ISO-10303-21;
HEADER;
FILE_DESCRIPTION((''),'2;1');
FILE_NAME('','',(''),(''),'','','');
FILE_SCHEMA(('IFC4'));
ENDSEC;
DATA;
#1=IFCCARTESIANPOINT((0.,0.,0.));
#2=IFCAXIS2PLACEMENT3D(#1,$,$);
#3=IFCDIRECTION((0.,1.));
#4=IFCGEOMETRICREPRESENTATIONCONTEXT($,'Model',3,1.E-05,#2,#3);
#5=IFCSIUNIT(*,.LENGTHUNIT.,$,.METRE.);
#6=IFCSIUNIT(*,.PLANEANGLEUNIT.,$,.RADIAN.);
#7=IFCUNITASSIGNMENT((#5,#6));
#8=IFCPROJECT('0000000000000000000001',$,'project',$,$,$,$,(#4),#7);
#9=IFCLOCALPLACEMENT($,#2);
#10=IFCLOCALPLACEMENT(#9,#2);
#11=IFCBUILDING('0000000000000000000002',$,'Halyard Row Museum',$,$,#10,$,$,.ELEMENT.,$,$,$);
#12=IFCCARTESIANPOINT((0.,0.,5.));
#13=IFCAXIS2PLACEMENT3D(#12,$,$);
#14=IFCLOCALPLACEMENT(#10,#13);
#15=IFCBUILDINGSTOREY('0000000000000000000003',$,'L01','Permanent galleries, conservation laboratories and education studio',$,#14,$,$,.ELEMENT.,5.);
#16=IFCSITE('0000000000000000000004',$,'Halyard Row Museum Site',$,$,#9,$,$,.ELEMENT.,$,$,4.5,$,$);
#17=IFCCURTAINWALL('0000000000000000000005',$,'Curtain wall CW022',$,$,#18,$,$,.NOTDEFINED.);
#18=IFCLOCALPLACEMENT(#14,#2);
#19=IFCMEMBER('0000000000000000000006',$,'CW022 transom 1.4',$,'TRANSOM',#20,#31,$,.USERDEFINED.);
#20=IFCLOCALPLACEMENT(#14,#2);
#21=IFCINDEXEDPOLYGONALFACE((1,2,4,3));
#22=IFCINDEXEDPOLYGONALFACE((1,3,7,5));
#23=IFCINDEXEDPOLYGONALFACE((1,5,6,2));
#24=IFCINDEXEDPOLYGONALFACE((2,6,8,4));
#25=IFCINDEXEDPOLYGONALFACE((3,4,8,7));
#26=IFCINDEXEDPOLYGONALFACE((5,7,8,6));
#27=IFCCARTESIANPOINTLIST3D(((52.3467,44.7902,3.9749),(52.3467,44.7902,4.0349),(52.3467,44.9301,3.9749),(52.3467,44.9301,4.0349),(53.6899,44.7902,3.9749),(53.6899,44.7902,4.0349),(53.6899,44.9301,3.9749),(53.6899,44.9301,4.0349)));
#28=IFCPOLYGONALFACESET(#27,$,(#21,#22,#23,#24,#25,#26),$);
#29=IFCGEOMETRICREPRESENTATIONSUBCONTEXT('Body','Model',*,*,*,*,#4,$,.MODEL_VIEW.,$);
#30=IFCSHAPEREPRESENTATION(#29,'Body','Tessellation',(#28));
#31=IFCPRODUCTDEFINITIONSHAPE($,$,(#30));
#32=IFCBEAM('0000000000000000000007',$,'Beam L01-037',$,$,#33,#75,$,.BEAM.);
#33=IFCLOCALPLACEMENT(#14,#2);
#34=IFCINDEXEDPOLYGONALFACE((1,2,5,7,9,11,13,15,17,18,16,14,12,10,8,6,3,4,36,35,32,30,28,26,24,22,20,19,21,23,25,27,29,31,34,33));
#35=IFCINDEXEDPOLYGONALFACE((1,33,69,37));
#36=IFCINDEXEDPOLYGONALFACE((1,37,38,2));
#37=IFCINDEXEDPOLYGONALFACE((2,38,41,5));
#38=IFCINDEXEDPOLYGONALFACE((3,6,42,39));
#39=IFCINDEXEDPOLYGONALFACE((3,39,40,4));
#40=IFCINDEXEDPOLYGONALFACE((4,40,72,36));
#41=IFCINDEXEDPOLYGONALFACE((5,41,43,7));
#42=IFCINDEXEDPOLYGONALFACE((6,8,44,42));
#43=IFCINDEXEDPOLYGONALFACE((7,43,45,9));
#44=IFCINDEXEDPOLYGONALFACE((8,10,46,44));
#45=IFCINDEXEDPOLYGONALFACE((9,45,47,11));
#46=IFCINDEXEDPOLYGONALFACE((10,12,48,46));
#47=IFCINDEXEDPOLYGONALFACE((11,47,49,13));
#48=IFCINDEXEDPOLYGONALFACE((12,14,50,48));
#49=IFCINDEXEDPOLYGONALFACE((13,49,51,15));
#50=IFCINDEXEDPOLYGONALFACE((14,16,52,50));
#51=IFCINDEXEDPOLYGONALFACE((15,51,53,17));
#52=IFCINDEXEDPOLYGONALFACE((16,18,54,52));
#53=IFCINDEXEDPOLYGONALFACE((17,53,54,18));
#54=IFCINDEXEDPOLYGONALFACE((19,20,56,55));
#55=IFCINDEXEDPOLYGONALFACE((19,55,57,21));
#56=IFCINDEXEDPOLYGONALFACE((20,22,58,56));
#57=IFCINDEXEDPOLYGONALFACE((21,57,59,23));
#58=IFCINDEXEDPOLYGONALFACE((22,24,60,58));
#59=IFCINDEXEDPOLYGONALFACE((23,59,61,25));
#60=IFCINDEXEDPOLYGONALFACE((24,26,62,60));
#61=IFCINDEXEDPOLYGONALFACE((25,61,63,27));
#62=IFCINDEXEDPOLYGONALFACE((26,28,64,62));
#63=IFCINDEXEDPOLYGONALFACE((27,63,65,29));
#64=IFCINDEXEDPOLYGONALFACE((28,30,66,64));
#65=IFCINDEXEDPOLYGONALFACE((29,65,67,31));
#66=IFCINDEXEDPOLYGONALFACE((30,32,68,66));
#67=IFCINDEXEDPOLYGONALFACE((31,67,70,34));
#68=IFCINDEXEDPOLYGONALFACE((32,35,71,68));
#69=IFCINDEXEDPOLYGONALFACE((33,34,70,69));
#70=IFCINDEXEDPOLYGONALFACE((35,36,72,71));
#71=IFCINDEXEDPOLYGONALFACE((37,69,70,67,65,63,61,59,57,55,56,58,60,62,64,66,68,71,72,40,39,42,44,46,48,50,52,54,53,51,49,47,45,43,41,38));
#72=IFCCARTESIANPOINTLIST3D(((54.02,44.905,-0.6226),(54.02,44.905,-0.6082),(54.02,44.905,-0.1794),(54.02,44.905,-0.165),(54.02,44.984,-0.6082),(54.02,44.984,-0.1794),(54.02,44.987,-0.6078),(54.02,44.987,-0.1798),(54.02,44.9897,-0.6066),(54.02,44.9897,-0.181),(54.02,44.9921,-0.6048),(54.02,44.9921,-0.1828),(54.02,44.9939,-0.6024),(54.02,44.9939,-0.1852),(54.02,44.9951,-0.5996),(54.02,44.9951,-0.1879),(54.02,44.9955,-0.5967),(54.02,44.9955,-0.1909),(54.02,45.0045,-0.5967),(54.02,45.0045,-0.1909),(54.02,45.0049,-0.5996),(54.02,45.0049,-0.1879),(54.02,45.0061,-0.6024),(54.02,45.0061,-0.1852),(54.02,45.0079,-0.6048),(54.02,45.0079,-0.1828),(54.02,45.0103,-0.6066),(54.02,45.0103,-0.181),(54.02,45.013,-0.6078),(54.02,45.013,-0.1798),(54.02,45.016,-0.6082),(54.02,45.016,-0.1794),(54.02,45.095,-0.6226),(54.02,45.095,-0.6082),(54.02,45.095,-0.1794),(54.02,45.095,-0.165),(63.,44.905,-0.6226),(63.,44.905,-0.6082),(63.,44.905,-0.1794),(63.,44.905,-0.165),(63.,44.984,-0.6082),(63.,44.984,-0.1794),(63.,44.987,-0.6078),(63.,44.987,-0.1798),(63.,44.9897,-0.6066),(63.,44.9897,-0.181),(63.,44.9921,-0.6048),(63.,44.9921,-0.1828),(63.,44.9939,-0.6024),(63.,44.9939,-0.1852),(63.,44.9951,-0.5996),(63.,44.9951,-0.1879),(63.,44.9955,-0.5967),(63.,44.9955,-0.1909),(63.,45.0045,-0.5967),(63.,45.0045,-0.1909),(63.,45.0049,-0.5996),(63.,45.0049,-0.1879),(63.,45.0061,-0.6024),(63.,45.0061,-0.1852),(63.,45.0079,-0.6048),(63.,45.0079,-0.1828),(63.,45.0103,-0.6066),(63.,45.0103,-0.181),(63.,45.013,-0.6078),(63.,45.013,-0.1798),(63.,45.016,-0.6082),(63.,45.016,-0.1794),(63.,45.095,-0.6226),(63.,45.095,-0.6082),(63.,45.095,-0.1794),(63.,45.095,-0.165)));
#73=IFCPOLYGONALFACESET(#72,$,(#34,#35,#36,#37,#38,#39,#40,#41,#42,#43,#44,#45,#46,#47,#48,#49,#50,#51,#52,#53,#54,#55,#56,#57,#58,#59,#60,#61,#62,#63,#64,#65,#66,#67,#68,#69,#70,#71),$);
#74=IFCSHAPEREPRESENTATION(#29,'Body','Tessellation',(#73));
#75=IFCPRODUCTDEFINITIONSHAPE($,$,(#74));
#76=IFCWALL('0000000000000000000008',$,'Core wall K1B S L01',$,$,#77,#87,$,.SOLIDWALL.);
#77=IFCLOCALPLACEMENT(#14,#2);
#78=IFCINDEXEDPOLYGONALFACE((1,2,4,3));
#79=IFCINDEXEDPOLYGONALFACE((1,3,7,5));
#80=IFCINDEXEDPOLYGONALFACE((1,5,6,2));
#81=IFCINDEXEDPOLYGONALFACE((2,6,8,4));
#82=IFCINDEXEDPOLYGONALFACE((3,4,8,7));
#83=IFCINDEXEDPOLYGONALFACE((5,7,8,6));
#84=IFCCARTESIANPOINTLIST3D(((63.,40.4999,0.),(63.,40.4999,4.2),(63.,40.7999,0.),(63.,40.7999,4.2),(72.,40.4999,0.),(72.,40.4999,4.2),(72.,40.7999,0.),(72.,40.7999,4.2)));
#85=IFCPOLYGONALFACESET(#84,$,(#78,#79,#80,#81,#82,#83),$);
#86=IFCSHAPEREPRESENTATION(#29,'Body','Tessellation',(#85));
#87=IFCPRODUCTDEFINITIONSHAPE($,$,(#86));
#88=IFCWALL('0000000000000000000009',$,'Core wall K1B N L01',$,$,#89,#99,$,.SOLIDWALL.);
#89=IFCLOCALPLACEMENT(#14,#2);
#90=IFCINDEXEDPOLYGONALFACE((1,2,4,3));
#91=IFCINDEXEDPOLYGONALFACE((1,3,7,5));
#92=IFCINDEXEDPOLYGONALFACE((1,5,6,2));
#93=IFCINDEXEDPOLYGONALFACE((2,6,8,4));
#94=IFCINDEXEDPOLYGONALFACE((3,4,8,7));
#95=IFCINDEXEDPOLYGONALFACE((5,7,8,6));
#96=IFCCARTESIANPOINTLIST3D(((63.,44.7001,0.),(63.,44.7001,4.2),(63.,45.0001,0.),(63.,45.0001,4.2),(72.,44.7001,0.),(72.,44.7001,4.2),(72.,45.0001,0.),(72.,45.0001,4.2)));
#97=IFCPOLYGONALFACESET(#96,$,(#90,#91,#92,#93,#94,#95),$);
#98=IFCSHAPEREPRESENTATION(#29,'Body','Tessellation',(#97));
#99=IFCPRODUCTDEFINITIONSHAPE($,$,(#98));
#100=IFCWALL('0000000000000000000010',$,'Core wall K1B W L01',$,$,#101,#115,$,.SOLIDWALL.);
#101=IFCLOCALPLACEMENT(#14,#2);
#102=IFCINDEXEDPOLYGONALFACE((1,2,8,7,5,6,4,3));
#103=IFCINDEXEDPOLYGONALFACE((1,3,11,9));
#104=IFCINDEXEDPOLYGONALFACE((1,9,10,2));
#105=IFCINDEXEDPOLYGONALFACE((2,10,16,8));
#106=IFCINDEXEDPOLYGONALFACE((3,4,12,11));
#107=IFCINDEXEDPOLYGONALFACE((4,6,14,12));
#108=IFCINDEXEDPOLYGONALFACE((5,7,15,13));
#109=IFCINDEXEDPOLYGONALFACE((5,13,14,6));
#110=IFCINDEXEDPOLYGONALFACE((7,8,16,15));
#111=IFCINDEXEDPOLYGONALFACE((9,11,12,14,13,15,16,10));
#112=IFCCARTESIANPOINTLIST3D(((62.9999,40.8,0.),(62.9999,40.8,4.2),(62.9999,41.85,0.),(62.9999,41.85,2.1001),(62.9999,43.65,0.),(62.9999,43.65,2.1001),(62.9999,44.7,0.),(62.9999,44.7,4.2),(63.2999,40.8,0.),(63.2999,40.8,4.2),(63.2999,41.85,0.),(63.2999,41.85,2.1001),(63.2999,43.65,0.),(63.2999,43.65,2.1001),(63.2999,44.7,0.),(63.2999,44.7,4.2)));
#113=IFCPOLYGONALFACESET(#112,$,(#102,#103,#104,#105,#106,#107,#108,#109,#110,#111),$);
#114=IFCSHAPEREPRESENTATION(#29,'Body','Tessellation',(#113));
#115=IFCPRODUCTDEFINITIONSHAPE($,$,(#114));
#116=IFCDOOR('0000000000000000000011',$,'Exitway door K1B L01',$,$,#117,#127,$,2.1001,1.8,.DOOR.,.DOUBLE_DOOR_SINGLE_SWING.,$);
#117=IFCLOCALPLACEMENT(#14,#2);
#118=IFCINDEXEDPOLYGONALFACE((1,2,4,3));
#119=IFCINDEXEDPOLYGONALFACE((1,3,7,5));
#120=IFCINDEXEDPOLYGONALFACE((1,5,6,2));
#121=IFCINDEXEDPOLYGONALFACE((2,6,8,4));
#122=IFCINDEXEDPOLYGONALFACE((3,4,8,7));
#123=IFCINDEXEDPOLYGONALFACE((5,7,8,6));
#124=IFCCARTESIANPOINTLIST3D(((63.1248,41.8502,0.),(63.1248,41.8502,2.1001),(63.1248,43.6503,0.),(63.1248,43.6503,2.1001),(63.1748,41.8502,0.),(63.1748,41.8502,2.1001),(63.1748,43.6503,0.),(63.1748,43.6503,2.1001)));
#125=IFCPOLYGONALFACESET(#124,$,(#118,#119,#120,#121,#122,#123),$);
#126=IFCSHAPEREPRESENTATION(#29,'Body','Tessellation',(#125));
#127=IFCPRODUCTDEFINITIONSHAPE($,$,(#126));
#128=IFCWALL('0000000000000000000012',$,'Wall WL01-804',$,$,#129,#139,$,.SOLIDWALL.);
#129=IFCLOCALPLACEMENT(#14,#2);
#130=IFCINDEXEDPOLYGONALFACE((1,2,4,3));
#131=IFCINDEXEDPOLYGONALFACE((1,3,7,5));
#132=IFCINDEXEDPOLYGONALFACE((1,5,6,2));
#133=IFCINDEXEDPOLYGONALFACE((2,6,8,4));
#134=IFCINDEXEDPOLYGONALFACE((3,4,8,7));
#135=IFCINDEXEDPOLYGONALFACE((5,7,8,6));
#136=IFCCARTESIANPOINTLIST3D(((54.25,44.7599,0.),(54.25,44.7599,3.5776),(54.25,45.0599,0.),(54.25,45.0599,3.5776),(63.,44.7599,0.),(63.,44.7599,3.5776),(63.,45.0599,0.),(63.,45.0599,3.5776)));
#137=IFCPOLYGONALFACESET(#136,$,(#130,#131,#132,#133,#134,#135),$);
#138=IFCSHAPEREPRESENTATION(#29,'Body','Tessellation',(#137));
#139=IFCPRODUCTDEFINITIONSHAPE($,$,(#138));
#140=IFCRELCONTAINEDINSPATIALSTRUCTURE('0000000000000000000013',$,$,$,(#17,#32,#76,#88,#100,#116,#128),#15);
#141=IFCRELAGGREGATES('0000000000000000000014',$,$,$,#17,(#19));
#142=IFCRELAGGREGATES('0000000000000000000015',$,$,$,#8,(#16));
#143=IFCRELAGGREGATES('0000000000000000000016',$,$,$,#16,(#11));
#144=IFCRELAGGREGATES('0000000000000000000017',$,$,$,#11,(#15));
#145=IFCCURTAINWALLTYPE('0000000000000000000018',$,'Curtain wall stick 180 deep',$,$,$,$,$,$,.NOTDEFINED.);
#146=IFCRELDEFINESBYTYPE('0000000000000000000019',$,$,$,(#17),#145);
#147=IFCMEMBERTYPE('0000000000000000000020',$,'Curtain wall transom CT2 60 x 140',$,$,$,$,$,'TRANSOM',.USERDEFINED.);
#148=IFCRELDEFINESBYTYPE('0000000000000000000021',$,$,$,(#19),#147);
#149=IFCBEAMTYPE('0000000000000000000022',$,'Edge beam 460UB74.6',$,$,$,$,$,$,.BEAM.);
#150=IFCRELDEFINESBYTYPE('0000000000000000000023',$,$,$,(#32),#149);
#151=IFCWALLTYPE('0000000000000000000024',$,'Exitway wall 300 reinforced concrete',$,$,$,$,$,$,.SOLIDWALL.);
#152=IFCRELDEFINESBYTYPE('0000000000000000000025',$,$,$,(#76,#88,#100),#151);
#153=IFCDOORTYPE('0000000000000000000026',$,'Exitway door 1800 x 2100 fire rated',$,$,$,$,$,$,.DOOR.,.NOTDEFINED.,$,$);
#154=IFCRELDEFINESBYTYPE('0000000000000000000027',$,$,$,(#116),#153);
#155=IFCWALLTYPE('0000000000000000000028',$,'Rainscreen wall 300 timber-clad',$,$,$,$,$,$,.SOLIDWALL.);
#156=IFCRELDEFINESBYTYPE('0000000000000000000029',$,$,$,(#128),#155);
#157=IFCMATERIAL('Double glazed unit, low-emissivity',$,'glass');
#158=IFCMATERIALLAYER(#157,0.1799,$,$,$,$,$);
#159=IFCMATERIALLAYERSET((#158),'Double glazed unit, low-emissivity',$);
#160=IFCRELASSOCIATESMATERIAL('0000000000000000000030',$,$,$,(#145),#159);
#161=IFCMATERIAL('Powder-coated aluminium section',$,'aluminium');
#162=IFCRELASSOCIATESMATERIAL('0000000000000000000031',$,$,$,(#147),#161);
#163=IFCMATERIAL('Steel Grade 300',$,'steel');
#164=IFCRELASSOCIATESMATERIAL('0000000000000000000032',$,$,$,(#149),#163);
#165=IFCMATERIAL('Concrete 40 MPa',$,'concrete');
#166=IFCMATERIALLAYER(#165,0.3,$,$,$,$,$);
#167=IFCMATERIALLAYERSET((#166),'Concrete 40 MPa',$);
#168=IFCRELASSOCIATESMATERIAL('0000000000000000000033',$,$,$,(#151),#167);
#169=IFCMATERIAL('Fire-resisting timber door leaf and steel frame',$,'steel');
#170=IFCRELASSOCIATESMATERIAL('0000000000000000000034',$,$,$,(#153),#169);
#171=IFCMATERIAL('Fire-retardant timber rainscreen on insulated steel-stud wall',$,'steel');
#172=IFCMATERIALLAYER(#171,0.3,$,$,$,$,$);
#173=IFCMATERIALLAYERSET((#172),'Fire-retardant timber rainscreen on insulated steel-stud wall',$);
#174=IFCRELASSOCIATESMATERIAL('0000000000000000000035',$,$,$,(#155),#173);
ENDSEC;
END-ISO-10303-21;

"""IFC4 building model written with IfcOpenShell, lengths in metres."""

from ifc_helpers import new_model, si_unit, direction, frame, frame_2d, origin, origin_2d, place, context, subcontext, project, spatial, rectangle, i_section, extrude, material, layer, layer_set, material_profile, profile_set, type_object, element, fill, aggregate, save


model = new_model("IFC4")

# Units and contexts
model_context = context("Model", 3, precision=1e-05, world=origin(), true_north=direction((0.0, 1.0)))
body_context = subcontext(model_context, "Body", "Model", "MODEL_VIEW")
ifc_project = project(units=[si_unit("LENGTHUNIT", "METRE"), si_unit("PLANEANGLEUNIT", "RADIAN")], contexts=[model_context])

# Site, building, storey
site_placement = place(None, origin())
site = spatial("IfcSite", under=ifc_project, at=site_placement, Name="Halyard Row Museum Site", CompositionType="ELEMENT", RefElevation=4.5)
building_placement = place(site_placement, origin())
building = spatial("IfcBuilding", under=site, at=building_placement, Name="Halyard Row Museum", CompositionType="ELEMENT")
storey_placement = place(building_placement, frame((0.0, 0.0, 5.0)))
storey = spatial("IfcBuildingStorey", under=building, at=storey_placement, Name="L01", Description="Permanent galleries, conservation laboratories and education studio", CompositionType="ELEMENT", Elevation=5.0)

# Curtain wall, member
ifc_material_1 = material(Name="Double glazed unit, low-emissivity", Category="glass")
ifc_layer_1 = layer(ifc_material_1, 0.1799)
ifc_layer_set_1 = layer_set([ifc_layer_1], Name="Double glazed unit, low-emissivity")
curtain_wall_type = type_object("IfcCurtainWallType", Name="Curtain wall stick 180 deep", PredefinedType="NOTDEFINED", material=ifc_layer_set_1)
curtain_wall_placement = place(storey_placement, origin())
curtain_wall = element("IfcCurtainWall", 1, at=curtain_wall_placement, inside=storey, type_object=curtain_wall_type, Name="Curtain wall CW022", PredefinedType="NOTDEFINED")
ifc_material_2 = material(Name="Powder-coated aluminium section", Category="aluminium")
ifc_material_profile_1 = material_profile(ifc_material_2, rectangle(XDim=0.1399, YDim=0.0601, at=origin_2d()), Name="140x60 transom")
ifc_profile_set_1 = profile_set([ifc_material_profile_1], Name="Powder-coated aluminium section")
member_type_1 = type_object("IfcMemberType", Name="Curtain wall transom CT2 60 x 140", ElementType="TRANSOM", PredefinedType="USERDEFINED", material=ifc_profile_set_1)
member_1_placement = place(storey_placement, frame((53.6899, 44.8601, 4.0049), z_axis=(-1.0, 0.0, 0.0), x_axis=(0.0, -1.0, 0.0)))
member_1 = element("IfcMember", 2, at=member_1_placement, type_object=member_type_1, Name="CW022 transom 1.4", ObjectType="TRANSOM", PredefinedType="USERDEFINED", context=body_context, shape_type="SweptSolid", body=[
    extrude(rectangle(XDim=0.1399, YDim=0.0601, at=origin_2d()), origin(), (0.0, 0.0, 1.0), 1.3433),
])
aggregate(curtain_wall, [member_1])

# Beam
ifc_material_3 = material(Name="Steel Grade 300", Category="steel")
ifc_material_profile_2 = material_profile(ifc_material_3, i_section(OverallWidth=0.1899, OverallDepth=0.4575, WebThickness=0.009, FlangeThickness=0.0144, FilletRadius=0.0115, at=origin_2d()), Name="460UB74.6")
ifc_profile_set_2 = profile_set([ifc_material_profile_2], Name="Steel Grade 300")
beam_type = type_object("IfcBeamType", Name="Edge beam 460UB74.6", PredefinedType="BEAM", material=ifc_profile_set_2)
beam_placement = place(storey_placement, frame((54.02, 45.0, -0.3938), z_axis=(1.0, 0.0, 0.0), x_axis=(0.0, 1.0, 0.0)))
element("IfcBeam", 3, at=beam_placement, inside=storey, type_object=beam_type, Name="Beam L01-037", PredefinedType="BEAM", context=body_context, shape_type="SweptSolid", body=[
    extrude(i_section(OverallWidth=0.1899, OverallDepth=0.4575, WebThickness=0.009, FlangeThickness=0.0144, FilletRadius=0.0115, at=origin_2d()), origin(), (0.0, 0.0, 1.0), 8.98),
])

# Walls
ifc_material_4 = material(Name="Concrete 40 MPa", Category="concrete")
ifc_layer_2 = layer(ifc_material_4, 0.3)
ifc_layer_set_2 = layer_set([ifc_layer_2], Name="Concrete 40 MPa")
wall_type_1 = type_object("IfcWallType", Name="Exitway wall 300 reinforced concrete", PredefinedType="SOLIDWALL", material=ifc_layer_set_2)
for number, where, z_axis, x_axis, name in (
    (4, (63.0, 40.6499, 0.0), (0.0, 0.0, 1.0), (1.0, 0.0, 0.0), "Core wall K1B S L01"),
    (5, (63.0, 44.8501, 0.0), (0.0, 0.0, 1.0), (1.0, 0.0, 0.0), "Core wall K1B N L01"),
):
    element("IfcWall", number, at=place(storey_placement, frame(where, z_axis=z_axis, x_axis=x_axis)), inside=storey, type_object=wall_type_1, Name=name, PredefinedType="SOLIDWALL", context=body_context, shape_type="SweptSolid", body=[
        extrude(rectangle(XDim=9.0, YDim=0.3, at=frame_2d((4.5, 0.0))), origin(), (0.0, 0.0, 1.0), 4.2),
    ])

# Wall, opening, door
wall_1_placement = place(storey_placement, frame((63.1499, 40.8, 0.0), z_axis=(0.0, 0.0, 1.0), x_axis=(0.0, 1.0, 0.0)))
wall_1 = element("IfcWall", 6, at=wall_1_placement, inside=storey, type_object=wall_type_1, Name="Core wall K1B W L01", PredefinedType="SOLIDWALL", context=body_context, shape_type="SweptSolid", body=[
    extrude(rectangle(XDim=3.8999, YDim=0.3, at=frame_2d((1.95, 0.0))), origin(), (0.0, 0.0, 1.0), 4.2),
])
opening_placement = place(wall_1_placement, frame((1.05, 0.0, 0.0)))
opening = element("IfcOpeningElement", 7, at=opening_placement, cuts=wall_1, PredefinedType="OPENING", context=body_context, shape_type="SweptSolid", body=[
    extrude(rectangle(XDim=1.8, YDim=2.1001, at=frame_2d((0.8999, 1.05))), frame((0.0, 0.1599, 0.0), z_axis=(0.0, -1.0, 0.0), x_axis=(1.0, 0.0, 0.0)), (0.0, 0.0, 1.0), 0.3201),
])
ifc_material_5 = material(Name="Fire-resisting timber door leaf and steel frame", Category="steel")
door_type = type_object("IfcDoorType", Name="Exitway door 1800 x 2100 fire rated", OperationType="NOTDEFINED", PredefinedType="DOOR", material=ifc_material_5)
door_placement = place(opening_placement, frame((1.8, 0.0, 0.0), z_axis=(0.0, 0.0, 1.0), x_axis=(-1.0, 0.0, 0.0)))
door = element("IfcDoor", 8, at=door_placement, inside=storey, type_object=door_type, Name="Exitway door K1B L01", OperationType="DOUBLE_DOOR_SINGLE_SWING", OverallHeight=2.1001, OverallWidth=1.8, PredefinedType="DOOR", context=body_context, shape_type="SweptSolid", body=[
    extrude(rectangle(XDim=1.8, YDim=2.1001, at=frame_2d((0.8999, 1.05))), frame((0.0, 0.0249, 0.0), z_axis=(0.0, -1.0, 0.0), x_axis=(1.0, 0.0, 0.0)), (0.0, 0.0, 1.0), 0.05),
])
fill(opening, door)

# Wall
ifc_material_6 = material(Name="Fire-retardant timber rainscreen on insulated steel-stud wall", Category="steel")
ifc_layer_3 = layer(ifc_material_6, 0.3)
ifc_layer_set_3 = layer_set([ifc_layer_3], Name="Fire-retardant timber rainscreen on insulated steel-stud wall")
wall_type_2 = type_object("IfcWallType", Name="Rainscreen wall 300 timber-clad", PredefinedType="SOLIDWALL", material=ifc_layer_set_3)
wall_2_placement = place(storey_placement, frame((54.25, 44.9099, 0.0), z_axis=(0.0, 0.0, 1.0), x_axis=(1.0, 0.0, 0.0)))
element("IfcWall", 9, at=wall_2_placement, inside=storey, type_object=wall_type_2, Name="Wall WL01-804", PredefinedType="SOLIDWALL", context=body_context, shape_type="SweptSolid", body=[
    extrude(rectangle(XDim=8.75, YDim=0.3, at=frame_2d((4.375, 0.0))), origin(), (0.0, 0.0, 1.0), 3.5776),
])

save(model, "model.ifc")
